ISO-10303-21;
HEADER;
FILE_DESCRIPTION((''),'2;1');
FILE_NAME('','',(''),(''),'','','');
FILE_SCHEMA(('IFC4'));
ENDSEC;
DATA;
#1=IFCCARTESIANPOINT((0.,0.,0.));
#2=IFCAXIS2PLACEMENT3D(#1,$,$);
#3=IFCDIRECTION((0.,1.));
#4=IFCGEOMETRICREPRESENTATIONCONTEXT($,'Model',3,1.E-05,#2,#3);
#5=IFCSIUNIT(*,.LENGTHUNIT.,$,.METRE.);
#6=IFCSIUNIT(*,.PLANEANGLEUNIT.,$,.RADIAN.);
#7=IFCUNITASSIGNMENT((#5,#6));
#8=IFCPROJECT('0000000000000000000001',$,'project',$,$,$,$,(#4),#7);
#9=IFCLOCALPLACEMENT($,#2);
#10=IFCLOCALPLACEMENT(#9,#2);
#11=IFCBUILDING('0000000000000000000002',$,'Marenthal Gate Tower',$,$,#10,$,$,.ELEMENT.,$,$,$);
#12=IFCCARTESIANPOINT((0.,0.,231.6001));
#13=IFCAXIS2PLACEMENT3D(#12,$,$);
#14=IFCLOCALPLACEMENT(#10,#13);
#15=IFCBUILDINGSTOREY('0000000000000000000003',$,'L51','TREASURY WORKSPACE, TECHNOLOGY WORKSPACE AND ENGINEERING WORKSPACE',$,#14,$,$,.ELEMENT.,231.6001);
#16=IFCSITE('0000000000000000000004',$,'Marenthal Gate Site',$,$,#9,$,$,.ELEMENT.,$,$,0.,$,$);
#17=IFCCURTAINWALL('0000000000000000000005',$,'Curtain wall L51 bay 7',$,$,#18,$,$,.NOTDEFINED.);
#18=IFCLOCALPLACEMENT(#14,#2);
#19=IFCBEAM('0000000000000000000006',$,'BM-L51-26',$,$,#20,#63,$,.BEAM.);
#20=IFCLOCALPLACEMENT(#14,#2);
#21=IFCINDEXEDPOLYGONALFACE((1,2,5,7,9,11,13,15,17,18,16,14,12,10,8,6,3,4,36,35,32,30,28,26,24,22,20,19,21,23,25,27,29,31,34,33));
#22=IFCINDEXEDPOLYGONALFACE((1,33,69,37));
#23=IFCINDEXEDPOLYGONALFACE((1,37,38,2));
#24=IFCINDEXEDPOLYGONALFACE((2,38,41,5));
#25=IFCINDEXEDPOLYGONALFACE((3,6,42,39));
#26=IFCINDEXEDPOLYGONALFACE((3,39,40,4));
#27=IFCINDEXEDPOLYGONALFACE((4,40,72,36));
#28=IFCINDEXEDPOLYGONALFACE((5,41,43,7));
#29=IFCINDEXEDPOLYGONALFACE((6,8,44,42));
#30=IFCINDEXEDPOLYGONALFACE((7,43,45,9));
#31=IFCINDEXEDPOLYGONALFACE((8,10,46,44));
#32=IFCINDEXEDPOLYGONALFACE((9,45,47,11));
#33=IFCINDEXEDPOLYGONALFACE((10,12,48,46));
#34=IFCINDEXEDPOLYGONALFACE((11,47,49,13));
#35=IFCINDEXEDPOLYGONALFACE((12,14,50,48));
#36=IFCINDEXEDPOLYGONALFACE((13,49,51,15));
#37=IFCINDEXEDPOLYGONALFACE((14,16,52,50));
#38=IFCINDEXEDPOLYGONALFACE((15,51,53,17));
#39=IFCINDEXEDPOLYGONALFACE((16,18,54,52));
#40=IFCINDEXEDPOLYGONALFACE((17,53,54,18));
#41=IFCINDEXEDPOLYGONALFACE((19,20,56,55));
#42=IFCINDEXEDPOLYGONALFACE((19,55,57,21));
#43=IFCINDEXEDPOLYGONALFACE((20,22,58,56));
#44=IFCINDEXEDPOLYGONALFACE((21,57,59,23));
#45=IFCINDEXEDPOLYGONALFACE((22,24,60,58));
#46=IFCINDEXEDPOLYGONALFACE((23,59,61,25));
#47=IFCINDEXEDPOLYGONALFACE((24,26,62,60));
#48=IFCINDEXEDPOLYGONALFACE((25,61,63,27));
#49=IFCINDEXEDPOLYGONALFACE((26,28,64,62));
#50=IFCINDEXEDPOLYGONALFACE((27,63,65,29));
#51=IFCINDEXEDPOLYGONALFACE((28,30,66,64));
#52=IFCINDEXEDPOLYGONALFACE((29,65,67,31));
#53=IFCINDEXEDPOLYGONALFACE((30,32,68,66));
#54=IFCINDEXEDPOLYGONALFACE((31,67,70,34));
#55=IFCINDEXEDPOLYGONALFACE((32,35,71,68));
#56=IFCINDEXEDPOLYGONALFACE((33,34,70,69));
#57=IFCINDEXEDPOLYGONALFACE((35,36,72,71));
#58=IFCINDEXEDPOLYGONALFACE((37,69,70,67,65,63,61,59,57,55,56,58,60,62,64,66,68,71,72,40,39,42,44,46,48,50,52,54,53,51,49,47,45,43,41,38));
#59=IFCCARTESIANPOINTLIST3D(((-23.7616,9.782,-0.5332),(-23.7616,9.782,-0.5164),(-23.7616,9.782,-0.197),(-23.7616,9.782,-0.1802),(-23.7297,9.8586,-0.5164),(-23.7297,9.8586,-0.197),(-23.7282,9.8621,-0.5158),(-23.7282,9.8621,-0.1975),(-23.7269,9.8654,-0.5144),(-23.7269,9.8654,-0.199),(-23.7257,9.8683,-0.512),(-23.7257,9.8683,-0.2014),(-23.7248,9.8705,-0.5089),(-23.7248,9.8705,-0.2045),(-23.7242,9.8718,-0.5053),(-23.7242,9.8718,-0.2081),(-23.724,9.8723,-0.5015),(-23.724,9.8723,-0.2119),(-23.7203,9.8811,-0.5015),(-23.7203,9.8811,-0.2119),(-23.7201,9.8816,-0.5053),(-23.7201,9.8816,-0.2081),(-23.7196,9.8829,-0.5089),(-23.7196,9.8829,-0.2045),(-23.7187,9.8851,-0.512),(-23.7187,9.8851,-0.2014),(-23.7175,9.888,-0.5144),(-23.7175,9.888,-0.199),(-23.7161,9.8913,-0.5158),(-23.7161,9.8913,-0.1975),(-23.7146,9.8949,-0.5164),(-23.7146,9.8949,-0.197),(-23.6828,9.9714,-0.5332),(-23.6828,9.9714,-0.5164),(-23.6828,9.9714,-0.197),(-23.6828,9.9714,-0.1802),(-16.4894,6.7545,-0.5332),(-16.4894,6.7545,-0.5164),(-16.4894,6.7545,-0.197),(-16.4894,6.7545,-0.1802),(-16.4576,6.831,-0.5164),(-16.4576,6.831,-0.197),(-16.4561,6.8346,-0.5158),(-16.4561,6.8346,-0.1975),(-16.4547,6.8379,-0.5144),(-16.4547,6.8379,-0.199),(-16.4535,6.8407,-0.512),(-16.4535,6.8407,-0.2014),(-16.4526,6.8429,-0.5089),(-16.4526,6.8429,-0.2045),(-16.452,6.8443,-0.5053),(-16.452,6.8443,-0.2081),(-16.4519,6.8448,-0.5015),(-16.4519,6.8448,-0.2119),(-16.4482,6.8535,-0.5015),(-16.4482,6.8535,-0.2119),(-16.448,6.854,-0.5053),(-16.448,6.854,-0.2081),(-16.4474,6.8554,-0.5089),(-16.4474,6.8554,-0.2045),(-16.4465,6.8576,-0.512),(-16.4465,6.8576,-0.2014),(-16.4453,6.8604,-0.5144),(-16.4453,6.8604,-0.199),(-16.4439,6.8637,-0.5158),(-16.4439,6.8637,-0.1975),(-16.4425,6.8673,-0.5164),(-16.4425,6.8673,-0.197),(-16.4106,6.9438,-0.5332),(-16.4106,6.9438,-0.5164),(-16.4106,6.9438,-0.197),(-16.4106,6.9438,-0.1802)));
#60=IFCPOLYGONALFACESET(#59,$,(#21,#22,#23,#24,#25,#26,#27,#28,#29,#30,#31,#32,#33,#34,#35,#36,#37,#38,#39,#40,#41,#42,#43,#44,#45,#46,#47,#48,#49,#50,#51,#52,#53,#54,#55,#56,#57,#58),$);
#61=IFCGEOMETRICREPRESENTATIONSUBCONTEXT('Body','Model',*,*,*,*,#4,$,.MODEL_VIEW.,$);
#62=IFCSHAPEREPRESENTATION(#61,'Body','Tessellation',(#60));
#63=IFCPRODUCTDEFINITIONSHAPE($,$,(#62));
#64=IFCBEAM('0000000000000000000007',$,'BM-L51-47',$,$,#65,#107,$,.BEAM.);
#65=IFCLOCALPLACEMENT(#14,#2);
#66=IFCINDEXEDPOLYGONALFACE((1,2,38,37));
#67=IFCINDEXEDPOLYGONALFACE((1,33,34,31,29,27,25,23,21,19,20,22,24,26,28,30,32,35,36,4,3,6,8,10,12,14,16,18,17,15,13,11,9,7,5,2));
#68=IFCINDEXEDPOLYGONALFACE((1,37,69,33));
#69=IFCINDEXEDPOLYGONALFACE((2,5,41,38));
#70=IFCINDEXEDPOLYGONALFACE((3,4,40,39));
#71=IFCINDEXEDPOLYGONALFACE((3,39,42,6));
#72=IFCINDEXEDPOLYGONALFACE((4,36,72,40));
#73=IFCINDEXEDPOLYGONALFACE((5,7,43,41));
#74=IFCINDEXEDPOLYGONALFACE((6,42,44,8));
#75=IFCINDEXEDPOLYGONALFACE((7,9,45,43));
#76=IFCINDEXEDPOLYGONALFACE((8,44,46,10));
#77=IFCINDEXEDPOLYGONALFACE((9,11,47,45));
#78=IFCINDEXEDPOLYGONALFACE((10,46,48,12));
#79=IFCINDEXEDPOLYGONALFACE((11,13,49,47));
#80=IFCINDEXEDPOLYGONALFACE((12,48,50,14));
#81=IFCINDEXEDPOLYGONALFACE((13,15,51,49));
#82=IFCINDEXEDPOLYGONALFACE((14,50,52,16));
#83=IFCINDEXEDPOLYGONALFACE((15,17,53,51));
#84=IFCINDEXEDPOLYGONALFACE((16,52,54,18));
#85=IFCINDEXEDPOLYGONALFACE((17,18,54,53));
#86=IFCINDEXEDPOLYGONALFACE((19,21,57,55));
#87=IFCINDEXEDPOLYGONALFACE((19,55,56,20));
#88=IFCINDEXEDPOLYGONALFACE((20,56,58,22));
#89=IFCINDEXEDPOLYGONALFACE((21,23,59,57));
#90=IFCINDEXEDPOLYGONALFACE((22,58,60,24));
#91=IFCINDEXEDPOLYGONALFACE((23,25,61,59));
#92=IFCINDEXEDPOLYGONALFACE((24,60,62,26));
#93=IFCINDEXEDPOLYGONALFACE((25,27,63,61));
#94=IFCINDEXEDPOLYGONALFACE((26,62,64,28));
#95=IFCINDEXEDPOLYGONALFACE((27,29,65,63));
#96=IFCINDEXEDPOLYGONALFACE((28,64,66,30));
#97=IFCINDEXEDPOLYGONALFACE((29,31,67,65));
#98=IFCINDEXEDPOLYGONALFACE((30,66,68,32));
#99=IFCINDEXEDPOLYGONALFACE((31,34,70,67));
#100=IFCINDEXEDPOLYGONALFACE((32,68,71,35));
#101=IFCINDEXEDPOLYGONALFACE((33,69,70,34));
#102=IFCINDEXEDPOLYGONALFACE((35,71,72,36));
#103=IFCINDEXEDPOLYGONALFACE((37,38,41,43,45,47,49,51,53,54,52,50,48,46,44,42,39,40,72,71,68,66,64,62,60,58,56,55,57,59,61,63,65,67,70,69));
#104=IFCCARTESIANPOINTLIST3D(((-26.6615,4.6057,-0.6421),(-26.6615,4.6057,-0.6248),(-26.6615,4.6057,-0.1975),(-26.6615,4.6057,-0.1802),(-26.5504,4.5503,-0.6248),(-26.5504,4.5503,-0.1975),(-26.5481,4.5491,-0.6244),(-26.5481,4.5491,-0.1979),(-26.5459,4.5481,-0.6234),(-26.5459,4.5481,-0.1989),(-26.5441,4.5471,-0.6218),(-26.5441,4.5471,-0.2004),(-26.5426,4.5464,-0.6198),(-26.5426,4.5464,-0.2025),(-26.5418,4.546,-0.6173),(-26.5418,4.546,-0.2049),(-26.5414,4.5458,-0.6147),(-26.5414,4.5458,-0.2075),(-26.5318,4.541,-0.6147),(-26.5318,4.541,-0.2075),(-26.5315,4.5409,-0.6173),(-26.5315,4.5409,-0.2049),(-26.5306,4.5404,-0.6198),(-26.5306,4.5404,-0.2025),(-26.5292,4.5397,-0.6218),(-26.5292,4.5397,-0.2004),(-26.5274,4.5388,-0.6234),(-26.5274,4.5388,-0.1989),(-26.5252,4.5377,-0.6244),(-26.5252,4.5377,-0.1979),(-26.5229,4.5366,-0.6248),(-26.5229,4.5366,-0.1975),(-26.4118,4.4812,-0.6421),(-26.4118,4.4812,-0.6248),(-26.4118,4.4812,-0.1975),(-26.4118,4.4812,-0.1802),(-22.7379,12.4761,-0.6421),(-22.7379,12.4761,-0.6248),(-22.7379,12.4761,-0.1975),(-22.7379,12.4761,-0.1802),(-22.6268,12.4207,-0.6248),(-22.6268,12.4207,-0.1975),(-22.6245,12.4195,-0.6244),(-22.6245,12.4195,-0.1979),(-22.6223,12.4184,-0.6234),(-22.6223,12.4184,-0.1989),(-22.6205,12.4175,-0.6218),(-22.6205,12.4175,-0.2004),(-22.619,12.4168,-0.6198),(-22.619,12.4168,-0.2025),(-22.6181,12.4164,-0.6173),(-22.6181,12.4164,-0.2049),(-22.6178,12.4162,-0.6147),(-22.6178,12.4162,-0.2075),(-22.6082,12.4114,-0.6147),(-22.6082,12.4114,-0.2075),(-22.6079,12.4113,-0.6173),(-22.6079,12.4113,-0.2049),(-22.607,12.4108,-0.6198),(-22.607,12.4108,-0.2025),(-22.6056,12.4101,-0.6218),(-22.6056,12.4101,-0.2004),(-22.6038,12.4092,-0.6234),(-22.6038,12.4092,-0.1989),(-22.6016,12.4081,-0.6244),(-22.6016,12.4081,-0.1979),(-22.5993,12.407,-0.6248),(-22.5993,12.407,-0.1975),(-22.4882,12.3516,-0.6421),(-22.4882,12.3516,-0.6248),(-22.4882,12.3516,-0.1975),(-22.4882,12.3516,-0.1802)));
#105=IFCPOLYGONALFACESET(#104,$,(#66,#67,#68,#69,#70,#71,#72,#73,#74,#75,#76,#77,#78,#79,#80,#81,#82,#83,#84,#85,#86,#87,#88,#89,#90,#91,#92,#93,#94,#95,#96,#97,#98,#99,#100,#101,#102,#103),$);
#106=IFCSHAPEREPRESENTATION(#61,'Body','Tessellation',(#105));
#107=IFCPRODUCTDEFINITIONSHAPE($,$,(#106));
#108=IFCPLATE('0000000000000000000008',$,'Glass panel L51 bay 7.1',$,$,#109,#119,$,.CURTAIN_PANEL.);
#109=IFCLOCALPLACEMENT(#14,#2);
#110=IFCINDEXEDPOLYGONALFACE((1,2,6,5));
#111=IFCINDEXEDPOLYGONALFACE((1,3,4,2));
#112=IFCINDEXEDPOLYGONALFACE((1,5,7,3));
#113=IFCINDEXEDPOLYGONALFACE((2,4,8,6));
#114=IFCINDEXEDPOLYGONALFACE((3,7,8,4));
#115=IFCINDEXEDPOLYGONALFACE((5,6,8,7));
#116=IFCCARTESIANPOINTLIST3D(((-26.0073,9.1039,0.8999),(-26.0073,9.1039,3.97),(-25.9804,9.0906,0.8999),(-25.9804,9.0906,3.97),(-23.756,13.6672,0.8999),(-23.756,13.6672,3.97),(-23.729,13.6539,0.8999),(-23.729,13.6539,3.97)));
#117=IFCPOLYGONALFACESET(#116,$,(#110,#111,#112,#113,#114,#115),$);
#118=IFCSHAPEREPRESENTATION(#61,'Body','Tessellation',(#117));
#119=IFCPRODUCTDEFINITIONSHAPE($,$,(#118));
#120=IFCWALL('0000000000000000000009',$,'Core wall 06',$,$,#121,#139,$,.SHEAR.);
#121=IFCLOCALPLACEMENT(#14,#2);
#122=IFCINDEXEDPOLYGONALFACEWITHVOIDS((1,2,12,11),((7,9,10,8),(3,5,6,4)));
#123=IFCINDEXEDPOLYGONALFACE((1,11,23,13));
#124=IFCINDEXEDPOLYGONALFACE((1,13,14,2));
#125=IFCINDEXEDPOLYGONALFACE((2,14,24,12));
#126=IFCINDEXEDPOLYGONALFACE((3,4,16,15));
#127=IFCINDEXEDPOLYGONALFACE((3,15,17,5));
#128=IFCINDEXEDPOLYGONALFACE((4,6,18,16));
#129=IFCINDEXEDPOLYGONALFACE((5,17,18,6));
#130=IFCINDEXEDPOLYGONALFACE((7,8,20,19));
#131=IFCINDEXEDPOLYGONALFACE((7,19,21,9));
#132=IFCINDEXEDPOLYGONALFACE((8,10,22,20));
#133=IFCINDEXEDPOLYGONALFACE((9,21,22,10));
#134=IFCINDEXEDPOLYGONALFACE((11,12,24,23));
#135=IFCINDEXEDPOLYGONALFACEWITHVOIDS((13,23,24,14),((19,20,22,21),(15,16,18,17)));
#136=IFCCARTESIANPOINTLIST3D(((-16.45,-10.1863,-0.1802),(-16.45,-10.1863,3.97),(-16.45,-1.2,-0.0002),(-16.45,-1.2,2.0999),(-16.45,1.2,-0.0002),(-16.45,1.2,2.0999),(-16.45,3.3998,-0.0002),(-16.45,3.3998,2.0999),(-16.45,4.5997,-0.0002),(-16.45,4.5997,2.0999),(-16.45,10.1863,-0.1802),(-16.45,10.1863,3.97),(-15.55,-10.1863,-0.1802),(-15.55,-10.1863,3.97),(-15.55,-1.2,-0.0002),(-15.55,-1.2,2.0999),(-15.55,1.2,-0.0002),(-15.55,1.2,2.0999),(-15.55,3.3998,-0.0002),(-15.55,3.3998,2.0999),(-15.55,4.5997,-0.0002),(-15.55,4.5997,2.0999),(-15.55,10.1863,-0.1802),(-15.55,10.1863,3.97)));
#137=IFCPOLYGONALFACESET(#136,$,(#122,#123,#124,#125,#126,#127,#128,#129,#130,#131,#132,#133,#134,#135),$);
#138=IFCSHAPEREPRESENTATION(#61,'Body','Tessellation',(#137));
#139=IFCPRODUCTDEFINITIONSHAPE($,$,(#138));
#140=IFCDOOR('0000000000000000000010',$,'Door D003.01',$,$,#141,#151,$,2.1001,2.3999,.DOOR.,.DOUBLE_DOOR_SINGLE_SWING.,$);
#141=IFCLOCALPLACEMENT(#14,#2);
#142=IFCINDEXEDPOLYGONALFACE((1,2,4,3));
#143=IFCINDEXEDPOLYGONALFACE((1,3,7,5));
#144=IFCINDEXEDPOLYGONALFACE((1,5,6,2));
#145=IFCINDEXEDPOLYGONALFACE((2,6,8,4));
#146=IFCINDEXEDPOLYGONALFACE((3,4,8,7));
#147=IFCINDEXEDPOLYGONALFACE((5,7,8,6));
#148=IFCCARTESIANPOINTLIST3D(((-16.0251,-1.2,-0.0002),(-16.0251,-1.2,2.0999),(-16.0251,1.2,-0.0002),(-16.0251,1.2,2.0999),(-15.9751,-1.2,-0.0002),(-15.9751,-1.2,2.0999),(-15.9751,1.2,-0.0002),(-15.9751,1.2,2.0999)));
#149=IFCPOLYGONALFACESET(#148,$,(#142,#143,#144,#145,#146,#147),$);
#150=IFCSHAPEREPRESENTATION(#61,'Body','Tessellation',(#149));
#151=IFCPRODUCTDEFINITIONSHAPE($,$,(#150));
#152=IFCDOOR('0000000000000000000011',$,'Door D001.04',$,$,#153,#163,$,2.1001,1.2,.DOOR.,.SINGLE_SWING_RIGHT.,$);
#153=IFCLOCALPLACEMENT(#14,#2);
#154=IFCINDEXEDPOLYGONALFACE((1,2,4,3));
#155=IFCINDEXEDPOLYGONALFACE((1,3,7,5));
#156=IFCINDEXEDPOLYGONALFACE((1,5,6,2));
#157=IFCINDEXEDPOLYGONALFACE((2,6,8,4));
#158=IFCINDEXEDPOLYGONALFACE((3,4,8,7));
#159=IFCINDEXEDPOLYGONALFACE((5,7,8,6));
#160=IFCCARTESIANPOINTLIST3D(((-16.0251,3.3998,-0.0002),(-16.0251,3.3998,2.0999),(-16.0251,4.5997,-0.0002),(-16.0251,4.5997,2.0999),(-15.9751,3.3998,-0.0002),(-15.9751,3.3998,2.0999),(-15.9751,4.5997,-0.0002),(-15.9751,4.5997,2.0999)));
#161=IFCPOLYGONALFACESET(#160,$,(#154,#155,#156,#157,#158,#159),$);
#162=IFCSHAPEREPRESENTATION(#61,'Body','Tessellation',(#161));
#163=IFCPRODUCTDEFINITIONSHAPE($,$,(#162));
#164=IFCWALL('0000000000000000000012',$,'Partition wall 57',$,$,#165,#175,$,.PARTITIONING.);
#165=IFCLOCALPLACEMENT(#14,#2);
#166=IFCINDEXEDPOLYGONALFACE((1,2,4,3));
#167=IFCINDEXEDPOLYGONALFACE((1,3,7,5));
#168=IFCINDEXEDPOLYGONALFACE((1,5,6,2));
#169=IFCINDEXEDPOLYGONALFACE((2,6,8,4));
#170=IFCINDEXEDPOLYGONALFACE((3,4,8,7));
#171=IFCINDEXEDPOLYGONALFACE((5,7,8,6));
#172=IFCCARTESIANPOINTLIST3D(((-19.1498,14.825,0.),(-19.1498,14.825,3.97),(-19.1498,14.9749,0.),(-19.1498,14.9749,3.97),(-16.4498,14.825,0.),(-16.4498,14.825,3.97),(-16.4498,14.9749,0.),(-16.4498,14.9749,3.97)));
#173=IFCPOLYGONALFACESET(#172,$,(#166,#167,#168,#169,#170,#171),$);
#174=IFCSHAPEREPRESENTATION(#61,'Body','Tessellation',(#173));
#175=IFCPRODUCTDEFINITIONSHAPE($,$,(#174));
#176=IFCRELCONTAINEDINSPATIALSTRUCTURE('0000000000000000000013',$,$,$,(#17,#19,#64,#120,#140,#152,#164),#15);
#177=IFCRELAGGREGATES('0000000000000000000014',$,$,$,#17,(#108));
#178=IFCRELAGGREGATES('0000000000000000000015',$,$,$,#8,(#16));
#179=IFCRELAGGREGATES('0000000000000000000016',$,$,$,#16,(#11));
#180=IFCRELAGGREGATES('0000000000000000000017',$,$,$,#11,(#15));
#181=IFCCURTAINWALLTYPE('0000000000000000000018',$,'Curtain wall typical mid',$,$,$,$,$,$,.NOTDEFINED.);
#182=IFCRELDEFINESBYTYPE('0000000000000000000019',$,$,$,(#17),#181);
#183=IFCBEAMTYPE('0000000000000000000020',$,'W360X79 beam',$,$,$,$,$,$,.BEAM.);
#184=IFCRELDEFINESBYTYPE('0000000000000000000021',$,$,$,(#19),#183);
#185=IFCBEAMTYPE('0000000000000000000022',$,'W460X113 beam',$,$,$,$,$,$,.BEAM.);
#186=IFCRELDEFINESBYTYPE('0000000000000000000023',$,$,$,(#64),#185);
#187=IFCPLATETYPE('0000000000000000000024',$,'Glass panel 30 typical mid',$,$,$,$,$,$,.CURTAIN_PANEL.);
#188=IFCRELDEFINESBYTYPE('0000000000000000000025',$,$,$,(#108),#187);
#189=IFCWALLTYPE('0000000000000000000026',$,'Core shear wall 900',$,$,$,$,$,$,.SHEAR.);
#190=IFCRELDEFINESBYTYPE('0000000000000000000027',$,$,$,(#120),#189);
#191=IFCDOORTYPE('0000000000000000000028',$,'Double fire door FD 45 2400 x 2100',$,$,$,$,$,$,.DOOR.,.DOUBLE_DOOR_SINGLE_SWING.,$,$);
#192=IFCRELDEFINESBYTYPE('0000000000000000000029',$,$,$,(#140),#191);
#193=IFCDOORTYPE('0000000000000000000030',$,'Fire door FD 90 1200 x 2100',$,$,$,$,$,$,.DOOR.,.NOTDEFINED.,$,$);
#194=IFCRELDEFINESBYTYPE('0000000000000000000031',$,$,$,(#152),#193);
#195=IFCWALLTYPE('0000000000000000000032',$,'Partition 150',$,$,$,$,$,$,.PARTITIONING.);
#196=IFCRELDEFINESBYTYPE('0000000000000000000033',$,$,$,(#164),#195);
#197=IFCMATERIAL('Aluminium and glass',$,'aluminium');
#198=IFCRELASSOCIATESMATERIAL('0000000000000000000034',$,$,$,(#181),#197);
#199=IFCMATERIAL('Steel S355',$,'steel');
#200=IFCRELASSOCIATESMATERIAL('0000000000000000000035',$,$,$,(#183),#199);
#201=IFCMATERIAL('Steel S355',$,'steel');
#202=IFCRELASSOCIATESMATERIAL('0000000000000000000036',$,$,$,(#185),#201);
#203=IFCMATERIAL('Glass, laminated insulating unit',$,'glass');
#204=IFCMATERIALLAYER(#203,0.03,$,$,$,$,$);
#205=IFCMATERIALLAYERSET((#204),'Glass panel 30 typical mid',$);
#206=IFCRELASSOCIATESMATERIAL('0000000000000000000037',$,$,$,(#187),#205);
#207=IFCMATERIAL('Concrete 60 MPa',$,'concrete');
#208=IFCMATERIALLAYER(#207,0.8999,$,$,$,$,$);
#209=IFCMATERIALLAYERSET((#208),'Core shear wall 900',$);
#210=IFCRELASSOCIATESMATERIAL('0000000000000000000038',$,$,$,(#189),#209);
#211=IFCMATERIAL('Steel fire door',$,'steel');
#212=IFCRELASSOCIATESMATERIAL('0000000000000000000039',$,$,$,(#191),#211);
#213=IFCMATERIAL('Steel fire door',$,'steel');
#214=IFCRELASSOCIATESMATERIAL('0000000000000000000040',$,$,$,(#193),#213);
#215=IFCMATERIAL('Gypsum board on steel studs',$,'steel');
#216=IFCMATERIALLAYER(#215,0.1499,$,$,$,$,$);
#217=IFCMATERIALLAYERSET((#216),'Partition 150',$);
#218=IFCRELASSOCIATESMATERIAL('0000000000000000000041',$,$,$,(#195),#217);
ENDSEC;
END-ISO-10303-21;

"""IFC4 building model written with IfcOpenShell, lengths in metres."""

from ifc_helpers import new_model, si_unit, direction, frame, frame_2d, origin, origin_2d, place, context, subcontext, project, spatial, rectangle, i_section, extrude, material, layer, layer_set, material_profile, profile_set, type_object, element, fill, aggregate, save


model = new_model("IFC4")

# Units and contexts
model_context = context("Model", 3, precision=1e-05, world=origin(), true_north=direction((0.0, 1.0)))
body_context = subcontext(model_context, "Body", "Model", "MODEL_VIEW")
ifc_project = project(units=[si_unit("LENGTHUNIT", "METRE"), si_unit("PLANEANGLEUNIT", "RADIAN")], contexts=[model_context])

# Site, building, storey
site_placement = place(None, origin())
site = spatial("IfcSite", under=ifc_project, at=site_placement, Name="Marenthal Gate Site", CompositionType="ELEMENT", RefElevation=0.0)
building_placement = place(site_placement, origin())
building = spatial("IfcBuilding", under=site, at=building_placement, Name="Marenthal Gate Tower", CompositionType="ELEMENT")
storey_placement = place(building_placement, frame((0.0, 0.0, 231.6001)))
storey = spatial("IfcBuildingStorey", under=building, at=storey_placement, Name="L51", Description="TREASURY WORKSPACE, TECHNOLOGY WORKSPACE AND ENGINEERING WORKSPACE", CompositionType="ELEMENT", Elevation=231.6001)

# Curtain wall
ifc_material_1 = material(Name="Aluminium and glass", Category="aluminium")
curtain_wall_type = type_object("IfcCurtainWallType", Name="Curtain wall typical mid", PredefinedType="NOTDEFINED", material=ifc_material_1)
curtain_wall_placement = place(storey_placement, origin())
curtain_wall = element("IfcCurtainWall", 1, at=curtain_wall_placement, inside=storey, type_object=curtain_wall_type, Name="Curtain wall L51 bay 7", PredefinedType="NOTDEFINED")

# Beams
ifc_material_2 = material(Name="Steel S355", Category="steel")
ifc_material_profile_1 = material_profile(ifc_material_2, i_section(OverallWidth=0.2051, OverallDepth=0.353, WebThickness=0.0095, FlangeThickness=0.0168, FilletRadius=0.0149, at=origin_2d()), Name="W360X79")
ifc_profile_set_1 = profile_set([ifc_material_profile_1], Name="Steel S355")
beam_type_1 = type_object("IfcBeamType", Name="W360X79 beam", PredefinedType="BEAM", material=ifc_profile_set_1)
beam_1_placement = place(storey_placement, frame((-23.7222, 9.8767, -0.3567), z_axis=(0.92319, -0.384345, 0.0), x_axis=(0.384345, 0.92319, 0.0)))
element("IfcBeam", 2, at=beam_1_placement, inside=storey, type_object=beam_type_1, Name="BM-L51-26", PredefinedType="BEAM", context=body_context, shape_type="SweptSolid", body=[
    extrude(i_section(OverallWidth=0.2051, OverallDepth=0.353, WebThickness=0.0095, FlangeThickness=0.0168, FilletRadius=0.0149, at=origin_2d()), origin(), (0.0, 0.0, 1.0), 7.8772),
])
ifc_material_3 = material(Name="Steel S355", Category="steel")
ifc_material_profile_2 = material_profile(ifc_material_3, i_section(OverallWidth=0.2791, OverallDepth=0.4619, WebThickness=0.0107, FlangeThickness=0.0173, FilletRadius=0.01, at=origin_2d()), Name="W460X113")
ifc_profile_set_2 = profile_set([ifc_material_profile_2], Name="Steel S355")
beam_type_2 = type_object("IfcBeamType", Name="W460X113 beam", PredefinedType="BEAM", material=ifc_profile_set_2)
beam_2_placement = place(storey_placement, frame((-22.613, 12.4138, -0.4111), z_axis=(-0.446158, -0.894954, 0.0), x_axis=(0.894954, -0.446158, 0.0)))
element("IfcBeam", 3, at=beam_2_placement, inside=storey, type_object=beam_type_2, Name="BM-L51-47", PredefinedType="BEAM", context=body_context, shape_type="SweptSolid", body=[
    extrude(i_section(OverallWidth=0.2791, OverallDepth=0.4619, WebThickness=0.0107, FlangeThickness=0.0173, FilletRadius=0.01, at=origin_2d()), origin(), (0.0, 0.0, 1.0), 8.7942),
])

# Plate
ifc_material_4 = material(Name="Glass, laminated insulating unit", Category="glass")
ifc_layer_1 = layer(ifc_material_4, 0.03)
ifc_layer_set_1 = layer_set([ifc_layer_1], Name="Glass panel 30 typical mid")
plate_type = type_object("IfcPlateType", Name="Glass panel 30 typical mid", PredefinedType="CURTAIN_PANEL", material=ifc_layer_set_1)
plate_placement = place(storey_placement, frame((-24.8682, 11.3789, 0.8999), z_axis=(0.0, 0.0, 1.0), x_axis=(-0.442441, -0.896798, 0.0)))
plate = element("IfcPlate", 4, at=plate_placement, type_object=plate_type, Name="Glass panel L51 bay 7.1", PredefinedType="CURTAIN_PANEL", context=body_context, shape_type="SweptSolid", body=[
    extrude(rectangle(XDim=5.0884, YDim=0.03, at=origin_2d()), origin(), (0.0, 0.0, 1.0), 3.0701),
])
aggregate(curtain_wall, [plate])

# Wall, openings, doors
ifc_material_5 = material(Name="Concrete 60 MPa", Category="concrete")
ifc_layer_2 = layer(ifc_material_5, 0.8999)
ifc_layer_set_2 = layer_set([ifc_layer_2], Name="Core shear wall 900")
wall_type_1 = type_object("IfcWallType", Name="Core shear wall 900", PredefinedType="SHEAR", material=ifc_layer_set_2)
wall_1_placement = place(storey_placement, frame((-16.0, 10.1863, -0.1802), z_axis=(0.0, 0.0, 1.0), x_axis=(0.0, -1.0, 0.0)))
wall_1 = element("IfcWall", 5, at=wall_1_placement, inside=storey, type_object=wall_type_1, Name="Core wall 06", PredefinedType="SHEAR", context=body_context, shape_type="SweptSolid", body=[
    extrude(rectangle(XDim=20.3726, YDim=0.8999, at=frame_2d((10.1863, 0.0))), origin(), (0.0, 0.0, 1.0), 4.1501),
])
opening_1_placement = place(wall_1_placement, frame((8.9863, 0.0, 0.1799)))
opening_1 = element("IfcOpeningElement", 6, at=opening_1_placement, cuts=wall_1, PredefinedType="OPENING", context=body_context, shape_type="SweptSolid", body=[
    extrude(rectangle(XDim=2.3999, YDim=2.1001, at=frame_2d((1.2, 1.05))), frame((0.0, 0.46, 0.0), z_axis=(0.0, -1.0, 0.0), x_axis=(1.0, 0.0, 0.0)), (0.0, 0.0, 1.0), 0.9199),
])
opening_2_placement = place(wall_1_placement, frame((5.5864, 0.0, 0.1799)))
opening_2 = element("IfcOpeningElement", 7, at=opening_2_placement, cuts=wall_1, PredefinedType="OPENING", context=body_context, shape_type="SweptSolid", body=[
    extrude(rectangle(XDim=1.2, YDim=2.1001, at=frame_2d((0.6001, 1.05))), frame((0.0, 0.46, 0.0), z_axis=(0.0, -1.0, 0.0), x_axis=(1.0, 0.0, 0.0)), (0.0, 0.0, 1.0), 0.9199),
])
ifc_material_6 = material(Name="Steel fire door", Category="steel")
door_type_1 = type_object("IfcDoorType", Name="Double fire door FD 45 2400 x 2100", OperationType="DOUBLE_DOOR_SINGLE_SWING", PredefinedType="DOOR", material=ifc_material_6)
door_1_placement = place(opening_1_placement, origin())
door_1 = element("IfcDoor", 8, at=door_1_placement, inside=storey, type_object=door_type_1, Name="Door D003.01", OperationType="DOUBLE_DOOR_SINGLE_SWING", OverallHeight=2.1001, OverallWidth=2.3999, PredefinedType="DOOR", context=body_context, shape_type="SweptSolid", body=[
    extrude(rectangle(XDim=2.3999, YDim=2.1001, at=frame_2d((1.2, 1.05))), frame((0.0, 0.0249, 0.0), z_axis=(0.0, -1.0, 0.0), x_axis=(1.0, 0.0, 0.0)), (0.0, 0.0, 1.0), 0.05),
])
fill(opening_1, door_1)
ifc_material_7 = material(Name="Steel fire door", Category="steel")
door_type_2 = type_object("IfcDoorType", Name="Fire door FD 90 1200 x 2100", OperationType="NOTDEFINED", PredefinedType="DOOR", material=ifc_material_7)
door_2_placement = place(opening_2_placement, origin())
door_2 = element("IfcDoor", 9, at=door_2_placement, inside=storey, type_object=door_type_2, Name="Door D001.04", OperationType="SINGLE_SWING_RIGHT", OverallHeight=2.1001, OverallWidth=1.2, PredefinedType="DOOR", context=body_context, shape_type="SweptSolid", body=[
    extrude(rectangle(XDim=1.2, YDim=2.1001, at=frame_2d((0.6001, 1.05))), frame((0.0, 0.0249, 0.0), z_axis=(0.0, -1.0, 0.0), x_axis=(1.0, 0.0, 0.0)), (0.0, 0.0, 1.0), 0.05),
])
fill(opening_2, door_2)

# Wall
ifc_material_8 = material(Name="Gypsum board on steel studs", Category="steel")
ifc_layer_3 = layer(ifc_material_8, 0.1499)
ifc_layer_set_3 = layer_set([ifc_layer_3], Name="Partition 150")
wall_type_2 = type_object("IfcWallType", Name="Partition 150", PredefinedType="PARTITIONING", material=ifc_layer_set_3)
wall_2_placement = place(storey_placement, frame((-19.1499, 14.8999, 0.0), z_axis=(0.0, 0.0, 1.0), x_axis=(1.0, 0.0, 0.0)))
element("IfcWall", 10, at=wall_2_placement, inside=storey, type_object=wall_type_2, Name="Partition wall 57", PredefinedType="PARTITIONING", context=body_context, shape_type="SweptSolid", body=[
    extrude(rectangle(XDim=2.7, YDim=0.1499, at=frame_2d((1.3501, 0.0))), origin(), (0.0, 0.0, 1.0), 3.97),
])

save(model, "model.ifc")
